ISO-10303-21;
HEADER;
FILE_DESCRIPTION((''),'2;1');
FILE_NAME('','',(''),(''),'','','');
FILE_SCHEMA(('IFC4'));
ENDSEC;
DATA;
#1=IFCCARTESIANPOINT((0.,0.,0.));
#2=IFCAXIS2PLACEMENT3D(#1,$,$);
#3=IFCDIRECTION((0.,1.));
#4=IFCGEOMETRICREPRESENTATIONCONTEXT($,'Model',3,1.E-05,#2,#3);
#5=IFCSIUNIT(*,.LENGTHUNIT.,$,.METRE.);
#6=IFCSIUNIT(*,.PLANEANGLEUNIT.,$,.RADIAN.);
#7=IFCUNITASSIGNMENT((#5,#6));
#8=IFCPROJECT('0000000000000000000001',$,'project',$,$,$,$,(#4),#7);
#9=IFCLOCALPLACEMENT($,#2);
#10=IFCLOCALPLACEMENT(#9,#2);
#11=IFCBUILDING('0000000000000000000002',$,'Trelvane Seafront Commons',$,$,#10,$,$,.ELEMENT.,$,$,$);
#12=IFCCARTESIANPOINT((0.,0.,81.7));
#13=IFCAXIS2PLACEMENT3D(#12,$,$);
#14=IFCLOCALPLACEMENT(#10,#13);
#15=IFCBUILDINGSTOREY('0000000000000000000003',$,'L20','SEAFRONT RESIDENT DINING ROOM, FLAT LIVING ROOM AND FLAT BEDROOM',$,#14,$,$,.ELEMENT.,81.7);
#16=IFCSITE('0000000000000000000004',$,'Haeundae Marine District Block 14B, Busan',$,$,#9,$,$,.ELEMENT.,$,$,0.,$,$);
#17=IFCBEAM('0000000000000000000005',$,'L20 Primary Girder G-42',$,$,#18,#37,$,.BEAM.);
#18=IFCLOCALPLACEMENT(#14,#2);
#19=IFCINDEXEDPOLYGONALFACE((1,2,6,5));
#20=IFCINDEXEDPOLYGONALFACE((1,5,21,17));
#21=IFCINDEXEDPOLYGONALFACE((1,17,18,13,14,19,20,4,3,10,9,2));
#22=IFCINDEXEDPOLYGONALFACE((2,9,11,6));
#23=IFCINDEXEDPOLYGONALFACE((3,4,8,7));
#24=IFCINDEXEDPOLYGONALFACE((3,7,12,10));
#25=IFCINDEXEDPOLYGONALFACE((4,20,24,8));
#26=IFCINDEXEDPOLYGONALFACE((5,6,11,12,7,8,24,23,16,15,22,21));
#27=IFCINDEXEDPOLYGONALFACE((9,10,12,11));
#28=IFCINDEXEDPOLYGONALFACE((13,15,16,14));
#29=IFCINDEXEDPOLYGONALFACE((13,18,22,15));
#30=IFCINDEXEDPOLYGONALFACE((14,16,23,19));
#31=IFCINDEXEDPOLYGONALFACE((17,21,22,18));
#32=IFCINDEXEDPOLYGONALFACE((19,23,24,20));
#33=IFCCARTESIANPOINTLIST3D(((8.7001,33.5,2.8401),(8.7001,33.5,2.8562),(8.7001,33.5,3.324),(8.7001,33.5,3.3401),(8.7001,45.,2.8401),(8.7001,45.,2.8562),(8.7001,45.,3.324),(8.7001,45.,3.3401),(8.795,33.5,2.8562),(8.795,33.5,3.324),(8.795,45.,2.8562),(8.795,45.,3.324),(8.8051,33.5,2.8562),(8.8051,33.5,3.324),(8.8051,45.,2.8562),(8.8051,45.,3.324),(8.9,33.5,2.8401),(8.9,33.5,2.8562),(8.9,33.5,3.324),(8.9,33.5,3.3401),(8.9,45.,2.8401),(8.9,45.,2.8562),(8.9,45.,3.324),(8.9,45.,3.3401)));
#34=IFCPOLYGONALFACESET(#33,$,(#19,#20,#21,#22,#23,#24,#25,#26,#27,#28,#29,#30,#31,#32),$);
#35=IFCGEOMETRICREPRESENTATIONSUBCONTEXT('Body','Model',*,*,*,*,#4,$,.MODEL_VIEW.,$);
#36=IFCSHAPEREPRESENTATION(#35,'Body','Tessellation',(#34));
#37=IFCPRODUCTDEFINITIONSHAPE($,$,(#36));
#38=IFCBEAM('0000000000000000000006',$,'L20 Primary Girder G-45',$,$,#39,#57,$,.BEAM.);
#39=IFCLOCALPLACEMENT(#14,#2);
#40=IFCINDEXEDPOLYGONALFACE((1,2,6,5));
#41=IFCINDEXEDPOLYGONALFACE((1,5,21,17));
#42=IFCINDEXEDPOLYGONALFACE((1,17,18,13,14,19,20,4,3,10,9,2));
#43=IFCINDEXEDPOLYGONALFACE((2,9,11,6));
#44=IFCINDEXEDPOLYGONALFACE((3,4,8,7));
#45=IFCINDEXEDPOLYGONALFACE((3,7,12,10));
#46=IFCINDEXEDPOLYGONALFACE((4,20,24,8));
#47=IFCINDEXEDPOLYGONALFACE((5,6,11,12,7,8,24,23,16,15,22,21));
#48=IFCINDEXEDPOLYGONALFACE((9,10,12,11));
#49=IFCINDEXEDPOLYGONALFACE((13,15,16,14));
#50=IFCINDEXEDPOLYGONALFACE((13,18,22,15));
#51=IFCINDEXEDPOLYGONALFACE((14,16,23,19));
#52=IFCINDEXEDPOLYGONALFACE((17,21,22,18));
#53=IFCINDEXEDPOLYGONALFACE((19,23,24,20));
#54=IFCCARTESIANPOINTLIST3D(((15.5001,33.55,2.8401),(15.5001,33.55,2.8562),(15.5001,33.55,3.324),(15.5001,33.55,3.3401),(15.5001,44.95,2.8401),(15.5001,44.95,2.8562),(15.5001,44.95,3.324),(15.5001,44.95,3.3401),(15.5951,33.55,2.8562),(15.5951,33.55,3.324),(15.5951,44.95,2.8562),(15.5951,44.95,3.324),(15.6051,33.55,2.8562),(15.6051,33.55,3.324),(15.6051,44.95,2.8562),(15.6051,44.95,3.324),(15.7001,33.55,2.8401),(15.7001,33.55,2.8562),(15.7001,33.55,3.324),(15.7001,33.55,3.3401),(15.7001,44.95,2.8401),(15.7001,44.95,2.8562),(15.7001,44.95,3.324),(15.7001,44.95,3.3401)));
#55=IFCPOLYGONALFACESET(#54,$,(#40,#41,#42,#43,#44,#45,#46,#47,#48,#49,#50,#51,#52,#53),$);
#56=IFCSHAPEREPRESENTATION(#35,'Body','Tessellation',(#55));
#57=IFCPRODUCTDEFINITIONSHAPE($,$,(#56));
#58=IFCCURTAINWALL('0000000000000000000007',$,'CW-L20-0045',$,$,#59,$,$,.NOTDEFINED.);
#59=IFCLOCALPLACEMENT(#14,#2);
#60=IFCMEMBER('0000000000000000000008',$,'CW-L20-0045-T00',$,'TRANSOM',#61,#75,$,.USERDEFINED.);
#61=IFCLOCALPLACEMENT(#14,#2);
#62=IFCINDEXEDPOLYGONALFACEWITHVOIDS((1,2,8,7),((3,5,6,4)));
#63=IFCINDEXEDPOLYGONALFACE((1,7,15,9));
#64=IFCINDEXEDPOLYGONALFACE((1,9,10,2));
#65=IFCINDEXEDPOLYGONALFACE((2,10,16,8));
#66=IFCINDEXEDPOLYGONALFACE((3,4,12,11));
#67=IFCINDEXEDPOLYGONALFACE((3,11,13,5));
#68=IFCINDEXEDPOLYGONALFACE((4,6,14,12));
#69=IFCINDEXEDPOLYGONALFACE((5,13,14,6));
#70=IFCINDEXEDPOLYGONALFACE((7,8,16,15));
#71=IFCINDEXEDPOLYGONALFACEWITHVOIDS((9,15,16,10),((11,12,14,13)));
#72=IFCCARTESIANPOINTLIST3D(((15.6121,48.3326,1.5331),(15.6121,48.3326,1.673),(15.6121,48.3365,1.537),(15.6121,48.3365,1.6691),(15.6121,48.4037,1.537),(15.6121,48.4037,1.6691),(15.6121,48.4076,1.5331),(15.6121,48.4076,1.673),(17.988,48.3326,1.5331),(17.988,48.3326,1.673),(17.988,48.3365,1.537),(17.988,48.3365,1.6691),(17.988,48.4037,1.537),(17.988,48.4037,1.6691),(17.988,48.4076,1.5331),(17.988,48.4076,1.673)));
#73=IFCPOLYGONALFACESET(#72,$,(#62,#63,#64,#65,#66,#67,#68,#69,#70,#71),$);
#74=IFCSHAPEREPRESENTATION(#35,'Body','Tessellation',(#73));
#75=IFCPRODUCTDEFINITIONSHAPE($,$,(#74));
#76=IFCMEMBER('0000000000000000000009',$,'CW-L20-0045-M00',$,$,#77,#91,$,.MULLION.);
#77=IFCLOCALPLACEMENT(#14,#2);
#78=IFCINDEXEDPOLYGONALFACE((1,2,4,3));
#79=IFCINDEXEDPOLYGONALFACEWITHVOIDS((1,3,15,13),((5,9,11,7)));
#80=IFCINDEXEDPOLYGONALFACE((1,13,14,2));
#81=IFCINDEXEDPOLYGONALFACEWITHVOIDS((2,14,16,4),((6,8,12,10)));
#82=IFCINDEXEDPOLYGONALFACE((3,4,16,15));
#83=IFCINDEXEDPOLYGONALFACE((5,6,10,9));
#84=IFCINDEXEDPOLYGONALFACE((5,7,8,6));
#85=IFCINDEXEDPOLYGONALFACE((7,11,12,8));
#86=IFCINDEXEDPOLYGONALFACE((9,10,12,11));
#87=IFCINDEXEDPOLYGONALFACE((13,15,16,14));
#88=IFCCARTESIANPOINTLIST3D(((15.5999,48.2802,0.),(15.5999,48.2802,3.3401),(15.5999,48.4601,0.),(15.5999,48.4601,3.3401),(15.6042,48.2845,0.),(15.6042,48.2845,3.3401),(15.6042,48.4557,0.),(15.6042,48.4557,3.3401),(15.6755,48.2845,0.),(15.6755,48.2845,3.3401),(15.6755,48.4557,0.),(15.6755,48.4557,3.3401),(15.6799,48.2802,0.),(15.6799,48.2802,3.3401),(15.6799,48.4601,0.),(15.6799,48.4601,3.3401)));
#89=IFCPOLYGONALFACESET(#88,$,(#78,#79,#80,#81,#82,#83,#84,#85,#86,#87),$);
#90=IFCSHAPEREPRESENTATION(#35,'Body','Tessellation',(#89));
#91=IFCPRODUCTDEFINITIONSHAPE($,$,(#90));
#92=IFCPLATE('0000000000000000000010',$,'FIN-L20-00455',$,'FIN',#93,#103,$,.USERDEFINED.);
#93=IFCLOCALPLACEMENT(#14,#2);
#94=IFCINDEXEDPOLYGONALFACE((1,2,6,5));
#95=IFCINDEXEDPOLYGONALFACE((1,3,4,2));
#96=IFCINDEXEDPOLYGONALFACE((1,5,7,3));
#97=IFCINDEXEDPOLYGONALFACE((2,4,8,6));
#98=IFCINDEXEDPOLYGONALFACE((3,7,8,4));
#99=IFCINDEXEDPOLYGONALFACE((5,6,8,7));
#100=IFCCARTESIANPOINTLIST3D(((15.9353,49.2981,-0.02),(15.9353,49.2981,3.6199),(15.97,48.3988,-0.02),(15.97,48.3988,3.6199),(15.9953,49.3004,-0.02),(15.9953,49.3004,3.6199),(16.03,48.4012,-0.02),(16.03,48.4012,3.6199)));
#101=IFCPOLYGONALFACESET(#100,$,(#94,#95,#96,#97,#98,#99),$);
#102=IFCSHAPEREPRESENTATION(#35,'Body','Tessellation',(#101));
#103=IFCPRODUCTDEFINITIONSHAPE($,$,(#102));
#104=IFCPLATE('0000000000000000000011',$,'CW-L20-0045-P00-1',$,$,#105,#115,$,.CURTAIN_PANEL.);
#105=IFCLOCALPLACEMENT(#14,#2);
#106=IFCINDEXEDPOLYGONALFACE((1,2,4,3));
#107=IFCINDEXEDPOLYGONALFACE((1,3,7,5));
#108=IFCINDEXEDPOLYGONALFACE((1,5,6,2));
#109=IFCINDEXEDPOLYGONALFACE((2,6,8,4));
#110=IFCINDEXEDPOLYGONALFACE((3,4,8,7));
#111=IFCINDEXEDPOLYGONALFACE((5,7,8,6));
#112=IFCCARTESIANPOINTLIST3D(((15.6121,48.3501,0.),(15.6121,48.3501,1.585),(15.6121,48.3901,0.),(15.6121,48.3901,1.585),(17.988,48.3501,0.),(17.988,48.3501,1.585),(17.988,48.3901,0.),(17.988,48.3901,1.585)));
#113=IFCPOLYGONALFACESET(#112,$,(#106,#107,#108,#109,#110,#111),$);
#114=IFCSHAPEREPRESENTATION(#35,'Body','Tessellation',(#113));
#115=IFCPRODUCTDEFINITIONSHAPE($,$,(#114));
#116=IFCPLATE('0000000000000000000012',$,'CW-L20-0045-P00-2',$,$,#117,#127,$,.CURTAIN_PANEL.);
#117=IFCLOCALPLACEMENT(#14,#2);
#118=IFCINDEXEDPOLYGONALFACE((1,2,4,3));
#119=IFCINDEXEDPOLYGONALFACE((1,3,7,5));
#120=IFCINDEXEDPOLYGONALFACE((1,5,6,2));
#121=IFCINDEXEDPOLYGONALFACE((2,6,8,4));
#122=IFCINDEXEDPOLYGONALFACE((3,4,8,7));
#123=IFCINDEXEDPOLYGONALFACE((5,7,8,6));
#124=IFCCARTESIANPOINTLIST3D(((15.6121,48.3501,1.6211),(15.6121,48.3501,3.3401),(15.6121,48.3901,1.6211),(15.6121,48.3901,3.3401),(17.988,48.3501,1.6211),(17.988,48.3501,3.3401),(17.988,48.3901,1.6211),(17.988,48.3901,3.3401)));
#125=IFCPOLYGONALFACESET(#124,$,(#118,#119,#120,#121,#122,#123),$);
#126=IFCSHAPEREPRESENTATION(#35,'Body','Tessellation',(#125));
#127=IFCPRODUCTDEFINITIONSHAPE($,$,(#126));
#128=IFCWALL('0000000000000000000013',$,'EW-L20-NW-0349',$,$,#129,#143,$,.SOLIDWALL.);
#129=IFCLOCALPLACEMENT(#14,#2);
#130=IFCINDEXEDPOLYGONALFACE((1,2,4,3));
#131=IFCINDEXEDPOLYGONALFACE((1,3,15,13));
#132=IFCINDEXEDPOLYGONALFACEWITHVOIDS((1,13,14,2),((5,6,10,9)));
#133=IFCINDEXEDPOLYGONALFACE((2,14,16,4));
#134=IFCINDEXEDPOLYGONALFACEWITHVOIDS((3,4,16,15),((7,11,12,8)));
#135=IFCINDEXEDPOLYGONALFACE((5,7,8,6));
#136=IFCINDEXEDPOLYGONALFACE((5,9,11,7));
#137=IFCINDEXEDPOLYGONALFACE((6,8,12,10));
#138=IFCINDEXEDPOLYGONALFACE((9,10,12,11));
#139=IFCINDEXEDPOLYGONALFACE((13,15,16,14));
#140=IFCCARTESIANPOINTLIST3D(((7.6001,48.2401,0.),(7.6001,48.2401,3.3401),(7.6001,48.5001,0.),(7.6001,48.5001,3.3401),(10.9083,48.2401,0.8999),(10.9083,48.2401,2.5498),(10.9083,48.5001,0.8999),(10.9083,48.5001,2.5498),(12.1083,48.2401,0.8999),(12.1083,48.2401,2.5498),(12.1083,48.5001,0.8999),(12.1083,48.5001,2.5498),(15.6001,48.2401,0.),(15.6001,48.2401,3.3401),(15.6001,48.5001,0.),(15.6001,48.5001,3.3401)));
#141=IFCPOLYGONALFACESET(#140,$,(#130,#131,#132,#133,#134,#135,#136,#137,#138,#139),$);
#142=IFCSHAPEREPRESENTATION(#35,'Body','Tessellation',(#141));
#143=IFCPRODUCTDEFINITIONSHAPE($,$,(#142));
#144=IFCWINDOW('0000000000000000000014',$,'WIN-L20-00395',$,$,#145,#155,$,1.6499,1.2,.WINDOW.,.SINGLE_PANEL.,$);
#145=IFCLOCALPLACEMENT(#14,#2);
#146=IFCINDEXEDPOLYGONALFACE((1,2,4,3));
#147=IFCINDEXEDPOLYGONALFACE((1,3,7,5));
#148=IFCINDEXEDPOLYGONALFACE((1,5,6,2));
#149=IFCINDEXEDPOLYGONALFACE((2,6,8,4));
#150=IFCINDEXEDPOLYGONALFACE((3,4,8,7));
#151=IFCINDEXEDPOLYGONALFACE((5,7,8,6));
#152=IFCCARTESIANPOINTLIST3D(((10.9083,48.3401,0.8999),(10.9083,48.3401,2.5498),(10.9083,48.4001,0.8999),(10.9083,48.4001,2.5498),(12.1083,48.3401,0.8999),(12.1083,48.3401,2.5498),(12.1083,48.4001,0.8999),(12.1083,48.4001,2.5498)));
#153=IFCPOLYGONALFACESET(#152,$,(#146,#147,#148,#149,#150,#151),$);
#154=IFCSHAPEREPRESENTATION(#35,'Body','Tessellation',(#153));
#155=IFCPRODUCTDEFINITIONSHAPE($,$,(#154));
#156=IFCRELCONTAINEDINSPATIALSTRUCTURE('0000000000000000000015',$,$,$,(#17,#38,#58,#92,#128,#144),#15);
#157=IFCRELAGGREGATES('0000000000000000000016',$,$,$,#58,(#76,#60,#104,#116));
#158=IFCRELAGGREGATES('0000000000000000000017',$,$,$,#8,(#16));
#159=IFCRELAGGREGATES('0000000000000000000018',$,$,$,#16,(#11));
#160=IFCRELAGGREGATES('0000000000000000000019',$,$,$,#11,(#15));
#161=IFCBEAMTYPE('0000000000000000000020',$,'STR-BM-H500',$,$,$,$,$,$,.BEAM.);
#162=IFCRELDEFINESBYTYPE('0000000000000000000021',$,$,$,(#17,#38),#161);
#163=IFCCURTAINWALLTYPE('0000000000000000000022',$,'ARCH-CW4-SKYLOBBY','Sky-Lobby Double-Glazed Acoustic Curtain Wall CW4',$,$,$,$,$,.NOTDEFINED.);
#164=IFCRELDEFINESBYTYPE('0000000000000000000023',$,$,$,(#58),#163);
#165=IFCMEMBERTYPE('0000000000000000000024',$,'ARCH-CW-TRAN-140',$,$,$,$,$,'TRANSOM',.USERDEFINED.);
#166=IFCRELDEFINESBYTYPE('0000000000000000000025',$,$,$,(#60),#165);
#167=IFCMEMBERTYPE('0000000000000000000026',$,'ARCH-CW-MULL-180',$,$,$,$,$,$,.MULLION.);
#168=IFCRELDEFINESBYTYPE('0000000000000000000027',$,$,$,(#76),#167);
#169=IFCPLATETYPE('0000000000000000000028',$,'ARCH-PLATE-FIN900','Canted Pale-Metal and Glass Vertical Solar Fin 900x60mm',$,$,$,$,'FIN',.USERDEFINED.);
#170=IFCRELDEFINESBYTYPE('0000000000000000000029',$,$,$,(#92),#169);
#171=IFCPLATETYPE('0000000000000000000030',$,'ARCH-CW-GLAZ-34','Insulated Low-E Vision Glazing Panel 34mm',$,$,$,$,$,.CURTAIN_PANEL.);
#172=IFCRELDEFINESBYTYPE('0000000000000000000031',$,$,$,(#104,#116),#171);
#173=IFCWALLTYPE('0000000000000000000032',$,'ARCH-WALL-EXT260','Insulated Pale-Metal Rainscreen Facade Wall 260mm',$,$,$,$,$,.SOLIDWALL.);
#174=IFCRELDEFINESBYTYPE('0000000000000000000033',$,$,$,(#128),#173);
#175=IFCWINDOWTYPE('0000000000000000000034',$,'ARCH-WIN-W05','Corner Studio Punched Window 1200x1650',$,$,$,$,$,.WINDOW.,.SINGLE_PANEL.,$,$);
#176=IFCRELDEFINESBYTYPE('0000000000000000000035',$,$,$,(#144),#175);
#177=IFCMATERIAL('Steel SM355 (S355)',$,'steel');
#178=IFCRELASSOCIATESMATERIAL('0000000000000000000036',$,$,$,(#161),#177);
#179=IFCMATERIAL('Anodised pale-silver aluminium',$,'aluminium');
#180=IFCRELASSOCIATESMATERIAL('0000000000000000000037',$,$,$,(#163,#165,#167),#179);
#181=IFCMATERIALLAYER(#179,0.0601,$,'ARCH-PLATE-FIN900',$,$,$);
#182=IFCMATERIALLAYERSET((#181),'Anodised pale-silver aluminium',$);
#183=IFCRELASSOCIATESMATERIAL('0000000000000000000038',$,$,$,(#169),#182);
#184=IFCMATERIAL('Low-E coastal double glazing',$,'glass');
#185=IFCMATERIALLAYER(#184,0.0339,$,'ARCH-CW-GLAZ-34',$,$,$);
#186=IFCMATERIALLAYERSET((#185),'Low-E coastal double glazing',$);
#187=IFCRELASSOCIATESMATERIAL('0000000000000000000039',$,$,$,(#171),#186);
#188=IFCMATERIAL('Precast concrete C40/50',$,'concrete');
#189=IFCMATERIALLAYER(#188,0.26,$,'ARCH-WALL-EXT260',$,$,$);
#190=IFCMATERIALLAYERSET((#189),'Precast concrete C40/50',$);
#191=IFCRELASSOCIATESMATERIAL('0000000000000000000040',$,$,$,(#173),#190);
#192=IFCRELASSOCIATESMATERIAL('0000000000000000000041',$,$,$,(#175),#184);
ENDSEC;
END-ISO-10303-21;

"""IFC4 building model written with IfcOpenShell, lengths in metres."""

from ifc_helpers import new_model, si_unit, direction, frame, frame_2d, origin, origin_2d, place, context, subcontext, project, spatial, rectangle, hollow_rectangle, i_section, extrude, source, transform, mapped, material, layer, layer_set, material_profile, profile_set, type_object, element, fill, aggregate, save


model = new_model("IFC4")

# Units and contexts
model_context = context("Model", 3, precision=1e-05, world=origin(), true_north=direction((0.0, 1.0)))
body_context = subcontext(model_context, "Body", "Model", "MODEL_VIEW")
ifc_project = project(units=[si_unit("LENGTHUNIT", "METRE"), si_unit("PLANEANGLEUNIT", "RADIAN")], contexts=[model_context])

# Site, building, storey
site_placement = place(None, origin())
site = spatial("IfcSite", under=ifc_project, at=site_placement, Name="Haeundae Marine District Block 14B, Busan", CompositionType="ELEMENT", RefElevation=0.0)
building_placement = place(site_placement, origin())
building = spatial("IfcBuilding", under=site, at=building_placement, Name="Trelvane Seafront Commons", CompositionType="ELEMENT")
storey_placement = place(building_placement, frame((0.0, 0.0, 81.7)))
storey = spatial("IfcBuildingStorey", under=building, at=storey_placement, Name="L20", Description="SEAFRONT RESIDENT DINING ROOM, FLAT LIVING ROOM AND FLAT BEDROOM", CompositionType="ELEMENT", Elevation=81.7)

# Shared definitions
ifc_material_1 = material(Name="Steel SM355 (S355)", Category="steel")

# Beams
ifc_material_profile_1 = material_profile(ifc_material_1, i_section(OverallWidth=0.2, OverallDepth=0.5, WebThickness=0.01, FlangeThickness=0.0161, at=origin_2d()), Name="H-500x200x10x16")
ifc_profile_set_1 = profile_set([ifc_material_profile_1], Name="Steel SM355 (S355)")
beam_type_1 = type_object("IfcBeamType", Name="STR-BM-H500", PredefinedType="BEAM", material=ifc_profile_set_1)
shared_shape_1 = source(origin(), body_context, "Body", "SweptSolid", [
    extrude(i_section(OverallWidth=0.2, OverallDepth=0.5, WebThickness=0.01, FlangeThickness=0.0161, at=origin_2d()), origin(), (0.0, 0.0, 1.0), 11.5),
])
for number, where, z_axis, x_axis, name in (
    (1, (8.8, 33.5, 3.0901), (0.0, 1.0, 0.0), (-1.0, 0.0, 0.0), "L20 Primary Girder G-42"),
):
    element("IfcBeam", number, at=place(storey_placement, frame(where, z_axis=z_axis, x_axis=x_axis)), inside=storey, type_object=beam_type_1, Name=name, PredefinedType="BEAM", context=body_context, shape_type="MappedRepresentation", body=[
        mapped(shared_shape_1, transform((0.0, 0.0, 0.0), x_axis=(1.0, 0.0, 0.0), y_axis=(0.0, 1.0, 0.0), z_axis=(0.0, 0.0, 1.0), scale=1.0)),
    ])
shared_shape_2 = source(origin(), body_context, "Body", "SweptSolid", [
    extrude(i_section(OverallWidth=0.2, OverallDepth=0.5, WebThickness=0.01, FlangeThickness=0.0161, at=origin_2d()), origin(), (0.0, 0.0, 1.0), 11.3999),
])
beam_1_placement = place(storey_placement, frame((15.6001, 33.55, 3.0901), z_axis=(0.0, 1.0, 0.0), x_axis=(-1.0, 0.0, 0.0)))
element("IfcBeam", 2, at=beam_1_placement, inside=storey, type_object=beam_type_1, Name="L20 Primary Girder G-45", PredefinedType="BEAM", context=body_context, shape_type="MappedRepresentation", body=[
    mapped(shared_shape_2, transform((0.0, 0.0, 0.0), x_axis=(1.0, 0.0, 0.0), y_axis=(0.0, 1.0, 0.0), z_axis=(0.0, 0.0, 1.0), scale=1.0)),
])

# Curtain wall, members
ifc_material_2 = material(Name="Anodised pale-silver aluminium", Category="aluminium")
curtain_wall_type = type_object("IfcCurtainWallType", Name="ARCH-CW4-SKYLOBBY", Description="Sky-Lobby Double-Glazed Acoustic Curtain Wall CW4", PredefinedType="NOTDEFINED", material=ifc_material_2)
curtain_wall_placement = place(storey_placement, origin())
curtain_wall = element("IfcCurtainWall", 3, at=curtain_wall_placement, inside=storey, type_object=curtain_wall_type, Name="CW-L20-0045", PredefinedType="NOTDEFINED")
ifc_material_profile_2 = material_profile(ifc_material_2, hollow_rectangle(XDim=0.075, YDim=0.1399, WallThickness=0.0039, at=origin_2d()), Name="TRAN-75x140x4")
ifc_profile_set_2 = profile_set([ifc_material_profile_2], Name="Anodised pale-silver aluminium")
member_type_1 = type_object("IfcMemberType", Name="ARCH-CW-TRAN-140", ElementType="TRANSOM", PredefinedType="USERDEFINED", material=ifc_profile_set_2)
shared_shape_3 = source(origin(), body_context, "Body", "SweptSolid", [
    extrude(hollow_rectangle(XDim=0.075, YDim=0.1399, WallThickness=0.0039, at=origin_2d()), origin(), (0.0, 0.0, 1.0), 2.376),
])
member_1_placement = place(storey_placement, frame((15.6121, 48.3701, 1.603), z_axis=(1.0, 0.0, 0.0), x_axis=(0.0, 1.0, 0.0)))
member_1 = element("IfcMember", 4, at=member_1_placement, type_object=member_type_1, Name="CW-L20-0045-T00", ObjectType="TRANSOM", PredefinedType="USERDEFINED", context=body_context, shape_type="MappedRepresentation", body=[
    mapped(shared_shape_3, transform((0.0, 0.0, 0.0), x_axis=(1.0, 0.0, 0.0), y_axis=(0.0, 1.0, 0.0), z_axis=(0.0, 0.0, 1.0), scale=1.0)),
])
ifc_material_profile_3 = material_profile(ifc_material_2, hollow_rectangle(XDim=0.0801, YDim=0.1799, WallThickness=0.0044, at=origin_2d()), Name="MULL-80x180x4.5")
ifc_profile_set_3 = profile_set([ifc_material_profile_3], Name="Anodised pale-silver aluminium")
member_type_2 = type_object("IfcMemberType", Name="ARCH-CW-MULL-180", PredefinedType="MULLION", material=ifc_profile_set_3)
shared_shape_4 = source(origin(), body_context, "Body", "SweptSolid", [
    extrude(hollow_rectangle(XDim=0.0801, YDim=0.1799, WallThickness=0.0044, at=origin_2d()), origin(), (0.0, 0.0, 1.0), 3.3401),
])
member_2_placement = place(storey_placement, frame((15.6399, 48.3701, 0.0), z_axis=(0.0, 0.0, 1.0), x_axis=(1.0, 0.0, 0.0)))
member_2 = element("IfcMember", 5, at=member_2_placement, type_object=member_type_2, Name="CW-L20-0045-M00", PredefinedType="MULLION", context=body_context, shape_type="MappedRepresentation", body=[
    mapped(shared_shape_4, transform((0.0, 0.0, 0.0), x_axis=(1.0, 0.0, 0.0), y_axis=(0.0, 1.0, 0.0), z_axis=(0.0, 0.0, 1.0), scale=1.0)),
])

# Plates
ifc_layer_1 = layer(ifc_material_2, 0.0601, Name="ARCH-PLATE-FIN900")
ifc_layer_set_1 = layer_set([ifc_layer_1], Name="Anodised pale-silver aluminium")
plate_type_1 = type_object("IfcPlateType", Name="ARCH-PLATE-FIN900", Description="Canted Pale-Metal and Glass Vertical Solar Fin 900x60mm", ElementType="FIN", PredefinedType="USERDEFINED", material=ifc_layer_set_1)
shared_shape_5 = source(origin(), body_context, "Body", "SweptSolid", [
    extrude(rectangle(XDim=0.8999, YDim=0.0601, at=origin_2d()), origin(), (0.0, 0.0, 1.0), 3.6399),
])
plate_1_placement = place(storey_placement, frame((15.9827, 48.8496, -0.02), z_axis=(0.0, 0.0, 1.0), x_axis=(-0.038557, 0.999256, 0.0)))
element("IfcPlate", 6, at=plate_1_placement, inside=storey, type_object=plate_type_1, Name="FIN-L20-00455", ObjectType="FIN", PredefinedType="USERDEFINED", context=body_context, shape_type="MappedRepresentation", body=[
    mapped(shared_shape_5, transform((0.0, 0.0, 0.0), x_axis=(1.0, 0.0, 0.0), y_axis=(0.0, 1.0, 0.0), z_axis=(0.0, 0.0, 1.0), scale=1.0)),
])
ifc_material_3 = material(Name="Low-E coastal double glazing", Category="glass")
ifc_layer_2 = layer(ifc_material_3, 0.0339, Name="ARCH-CW-GLAZ-34")
ifc_layer_set_2 = layer_set([ifc_layer_2], Name="Low-E coastal double glazing")
plate_type_2 = type_object("IfcPlateType", Name="ARCH-CW-GLAZ-34", Description="Insulated Low-E Vision Glazing Panel 34mm", PredefinedType="CURTAIN_PANEL", material=ifc_layer_set_2)
shared_shape_6 = source(origin(), body_context, "Body", "SweptSolid", [
    extrude(rectangle(XDim=2.376, YDim=0.04, at=origin_2d()), origin(), (0.0, 0.0, 1.0), 1.585),
])
plate_2_placement = place(storey_placement, frame((16.8, 48.3701, 0.0), z_axis=(0.0, 0.0, 1.0), x_axis=(1.0, 0.0, 0.0)))
plate_2 = element("IfcPlate", 7, at=plate_2_placement, type_object=plate_type_2, Name="CW-L20-0045-P00-1", PredefinedType="CURTAIN_PANEL", context=body_context, shape_type="MappedRepresentation", body=[
    mapped(shared_shape_6, transform((0.0, 0.0, 0.0), x_axis=(1.0, 0.0, 0.0), y_axis=(0.0, 1.0, 0.0), z_axis=(0.0, 0.0, 1.0), scale=1.0)),
])
shared_shape_7 = source(origin(), body_context, "Body", "SweptSolid", [
    extrude(rectangle(XDim=2.376, YDim=0.04, at=origin_2d()), origin(), (0.0, 0.0, 1.0), 1.719),
])
plate_3_placement = place(storey_placement, frame((16.8, 48.3701, 1.6211), z_axis=(0.0, 0.0, 1.0), x_axis=(1.0, 0.0, 0.0)))
plate_3 = element("IfcPlate", 8, at=plate_3_placement, type_object=plate_type_2, Name="CW-L20-0045-P00-2", PredefinedType="CURTAIN_PANEL", context=body_context, shape_type="MappedRepresentation", body=[
    mapped(shared_shape_7, transform((0.0, 0.0, 0.0), x_axis=(1.0, 0.0, 0.0), y_axis=(0.0, 1.0, 0.0), z_axis=(0.0, 0.0, 1.0), scale=1.0)),
])
aggregate(curtain_wall, [member_2, member_1, plate_2, plate_3])

# Wall, opening, window
ifc_material_4 = material(Name="Precast concrete C40/50", Category="concrete")
ifc_layer_3 = layer(ifc_material_4, 0.26, Name="ARCH-WALL-EXT260")
ifc_layer_set_3 = layer_set([ifc_layer_3], Name="Precast concrete C40/50")
wall_type_1 = type_object("IfcWallType", Name="ARCH-WALL-EXT260", Description="Insulated Pale-Metal Rainscreen Facade Wall 260mm", PredefinedType="SOLIDWALL", material=ifc_layer_set_3)
wall_1_placement = place(storey_placement, frame((7.6001, 48.3701, 0.0), z_axis=(0.0, 0.0, 1.0), x_axis=(1.0, 0.0, 0.0)))
wall_1 = element("IfcWall", 9, at=wall_1_placement, inside=storey, type_object=wall_type_1, Name="EW-L20-NW-0349", PredefinedType="SOLIDWALL", context=body_context, shape_type="SweptSolid", body=[
    extrude(rectangle(XDim=8.0, YDim=0.26, at=frame_2d((4.0, 0.0))), origin(), (0.0, 0.0, 1.0), 3.3401),
])
opening_1_placement = place(wall_1_placement, frame((3.3081, 0.0, 0.8999)))
opening_1 = element("IfcOpeningElement", 10, at=opening_1_placement, cuts=wall_1, PredefinedType="OPENING", context=body_context, shape_type="SweptSolid", body=[
    extrude(rectangle(XDim=1.2, YDim=1.6499, at=frame_2d((0.6001, 0.825))), frame((0.0, 0.1399, 0.0), z_axis=(0.0, -1.0, 0.0), x_axis=(1.0, 0.0, 0.0)), (0.0, 0.0, 1.0), 0.28),
])
window_type = type_object("IfcWindowType", Name="ARCH-WIN-W05", Description="Corner Studio Punched Window 1200x1650", PartitioningType="SINGLE_PANEL", PredefinedType="WINDOW", material=ifc_material_3)
shared_shape_8 = source(origin(), body_context, "Body", "SweptSolid", [
    extrude(rectangle(XDim=1.2, YDim=1.6499, at=frame_2d((0.6001, 0.825))), frame((0.0, 0.03, 0.0), z_axis=(0.0, -1.0, 0.0), x_axis=(1.0, 0.0, 0.0)), (0.0, 0.0, 1.0), 0.0601),
])
window_placement = place(opening_1_placement, origin())
window = element("IfcWindow", 11, at=window_placement, inside=storey, type_object=window_type, Name="WIN-L20-00395", OverallHeight=1.6499, OverallWidth=1.2, PartitioningType="SINGLE_PANEL", PredefinedType="WINDOW", context=body_context, shape_type="MappedRepresentation", body=[
    mapped(shared_shape_8, transform((0.0, 0.0, 0.0), x_axis=(1.0, 0.0, 0.0), y_axis=(0.0, 1.0, 0.0), z_axis=(0.0, 0.0, 1.0), scale=1.0)),
])
fill(opening_1, window)

save(model, "model.ifc")
